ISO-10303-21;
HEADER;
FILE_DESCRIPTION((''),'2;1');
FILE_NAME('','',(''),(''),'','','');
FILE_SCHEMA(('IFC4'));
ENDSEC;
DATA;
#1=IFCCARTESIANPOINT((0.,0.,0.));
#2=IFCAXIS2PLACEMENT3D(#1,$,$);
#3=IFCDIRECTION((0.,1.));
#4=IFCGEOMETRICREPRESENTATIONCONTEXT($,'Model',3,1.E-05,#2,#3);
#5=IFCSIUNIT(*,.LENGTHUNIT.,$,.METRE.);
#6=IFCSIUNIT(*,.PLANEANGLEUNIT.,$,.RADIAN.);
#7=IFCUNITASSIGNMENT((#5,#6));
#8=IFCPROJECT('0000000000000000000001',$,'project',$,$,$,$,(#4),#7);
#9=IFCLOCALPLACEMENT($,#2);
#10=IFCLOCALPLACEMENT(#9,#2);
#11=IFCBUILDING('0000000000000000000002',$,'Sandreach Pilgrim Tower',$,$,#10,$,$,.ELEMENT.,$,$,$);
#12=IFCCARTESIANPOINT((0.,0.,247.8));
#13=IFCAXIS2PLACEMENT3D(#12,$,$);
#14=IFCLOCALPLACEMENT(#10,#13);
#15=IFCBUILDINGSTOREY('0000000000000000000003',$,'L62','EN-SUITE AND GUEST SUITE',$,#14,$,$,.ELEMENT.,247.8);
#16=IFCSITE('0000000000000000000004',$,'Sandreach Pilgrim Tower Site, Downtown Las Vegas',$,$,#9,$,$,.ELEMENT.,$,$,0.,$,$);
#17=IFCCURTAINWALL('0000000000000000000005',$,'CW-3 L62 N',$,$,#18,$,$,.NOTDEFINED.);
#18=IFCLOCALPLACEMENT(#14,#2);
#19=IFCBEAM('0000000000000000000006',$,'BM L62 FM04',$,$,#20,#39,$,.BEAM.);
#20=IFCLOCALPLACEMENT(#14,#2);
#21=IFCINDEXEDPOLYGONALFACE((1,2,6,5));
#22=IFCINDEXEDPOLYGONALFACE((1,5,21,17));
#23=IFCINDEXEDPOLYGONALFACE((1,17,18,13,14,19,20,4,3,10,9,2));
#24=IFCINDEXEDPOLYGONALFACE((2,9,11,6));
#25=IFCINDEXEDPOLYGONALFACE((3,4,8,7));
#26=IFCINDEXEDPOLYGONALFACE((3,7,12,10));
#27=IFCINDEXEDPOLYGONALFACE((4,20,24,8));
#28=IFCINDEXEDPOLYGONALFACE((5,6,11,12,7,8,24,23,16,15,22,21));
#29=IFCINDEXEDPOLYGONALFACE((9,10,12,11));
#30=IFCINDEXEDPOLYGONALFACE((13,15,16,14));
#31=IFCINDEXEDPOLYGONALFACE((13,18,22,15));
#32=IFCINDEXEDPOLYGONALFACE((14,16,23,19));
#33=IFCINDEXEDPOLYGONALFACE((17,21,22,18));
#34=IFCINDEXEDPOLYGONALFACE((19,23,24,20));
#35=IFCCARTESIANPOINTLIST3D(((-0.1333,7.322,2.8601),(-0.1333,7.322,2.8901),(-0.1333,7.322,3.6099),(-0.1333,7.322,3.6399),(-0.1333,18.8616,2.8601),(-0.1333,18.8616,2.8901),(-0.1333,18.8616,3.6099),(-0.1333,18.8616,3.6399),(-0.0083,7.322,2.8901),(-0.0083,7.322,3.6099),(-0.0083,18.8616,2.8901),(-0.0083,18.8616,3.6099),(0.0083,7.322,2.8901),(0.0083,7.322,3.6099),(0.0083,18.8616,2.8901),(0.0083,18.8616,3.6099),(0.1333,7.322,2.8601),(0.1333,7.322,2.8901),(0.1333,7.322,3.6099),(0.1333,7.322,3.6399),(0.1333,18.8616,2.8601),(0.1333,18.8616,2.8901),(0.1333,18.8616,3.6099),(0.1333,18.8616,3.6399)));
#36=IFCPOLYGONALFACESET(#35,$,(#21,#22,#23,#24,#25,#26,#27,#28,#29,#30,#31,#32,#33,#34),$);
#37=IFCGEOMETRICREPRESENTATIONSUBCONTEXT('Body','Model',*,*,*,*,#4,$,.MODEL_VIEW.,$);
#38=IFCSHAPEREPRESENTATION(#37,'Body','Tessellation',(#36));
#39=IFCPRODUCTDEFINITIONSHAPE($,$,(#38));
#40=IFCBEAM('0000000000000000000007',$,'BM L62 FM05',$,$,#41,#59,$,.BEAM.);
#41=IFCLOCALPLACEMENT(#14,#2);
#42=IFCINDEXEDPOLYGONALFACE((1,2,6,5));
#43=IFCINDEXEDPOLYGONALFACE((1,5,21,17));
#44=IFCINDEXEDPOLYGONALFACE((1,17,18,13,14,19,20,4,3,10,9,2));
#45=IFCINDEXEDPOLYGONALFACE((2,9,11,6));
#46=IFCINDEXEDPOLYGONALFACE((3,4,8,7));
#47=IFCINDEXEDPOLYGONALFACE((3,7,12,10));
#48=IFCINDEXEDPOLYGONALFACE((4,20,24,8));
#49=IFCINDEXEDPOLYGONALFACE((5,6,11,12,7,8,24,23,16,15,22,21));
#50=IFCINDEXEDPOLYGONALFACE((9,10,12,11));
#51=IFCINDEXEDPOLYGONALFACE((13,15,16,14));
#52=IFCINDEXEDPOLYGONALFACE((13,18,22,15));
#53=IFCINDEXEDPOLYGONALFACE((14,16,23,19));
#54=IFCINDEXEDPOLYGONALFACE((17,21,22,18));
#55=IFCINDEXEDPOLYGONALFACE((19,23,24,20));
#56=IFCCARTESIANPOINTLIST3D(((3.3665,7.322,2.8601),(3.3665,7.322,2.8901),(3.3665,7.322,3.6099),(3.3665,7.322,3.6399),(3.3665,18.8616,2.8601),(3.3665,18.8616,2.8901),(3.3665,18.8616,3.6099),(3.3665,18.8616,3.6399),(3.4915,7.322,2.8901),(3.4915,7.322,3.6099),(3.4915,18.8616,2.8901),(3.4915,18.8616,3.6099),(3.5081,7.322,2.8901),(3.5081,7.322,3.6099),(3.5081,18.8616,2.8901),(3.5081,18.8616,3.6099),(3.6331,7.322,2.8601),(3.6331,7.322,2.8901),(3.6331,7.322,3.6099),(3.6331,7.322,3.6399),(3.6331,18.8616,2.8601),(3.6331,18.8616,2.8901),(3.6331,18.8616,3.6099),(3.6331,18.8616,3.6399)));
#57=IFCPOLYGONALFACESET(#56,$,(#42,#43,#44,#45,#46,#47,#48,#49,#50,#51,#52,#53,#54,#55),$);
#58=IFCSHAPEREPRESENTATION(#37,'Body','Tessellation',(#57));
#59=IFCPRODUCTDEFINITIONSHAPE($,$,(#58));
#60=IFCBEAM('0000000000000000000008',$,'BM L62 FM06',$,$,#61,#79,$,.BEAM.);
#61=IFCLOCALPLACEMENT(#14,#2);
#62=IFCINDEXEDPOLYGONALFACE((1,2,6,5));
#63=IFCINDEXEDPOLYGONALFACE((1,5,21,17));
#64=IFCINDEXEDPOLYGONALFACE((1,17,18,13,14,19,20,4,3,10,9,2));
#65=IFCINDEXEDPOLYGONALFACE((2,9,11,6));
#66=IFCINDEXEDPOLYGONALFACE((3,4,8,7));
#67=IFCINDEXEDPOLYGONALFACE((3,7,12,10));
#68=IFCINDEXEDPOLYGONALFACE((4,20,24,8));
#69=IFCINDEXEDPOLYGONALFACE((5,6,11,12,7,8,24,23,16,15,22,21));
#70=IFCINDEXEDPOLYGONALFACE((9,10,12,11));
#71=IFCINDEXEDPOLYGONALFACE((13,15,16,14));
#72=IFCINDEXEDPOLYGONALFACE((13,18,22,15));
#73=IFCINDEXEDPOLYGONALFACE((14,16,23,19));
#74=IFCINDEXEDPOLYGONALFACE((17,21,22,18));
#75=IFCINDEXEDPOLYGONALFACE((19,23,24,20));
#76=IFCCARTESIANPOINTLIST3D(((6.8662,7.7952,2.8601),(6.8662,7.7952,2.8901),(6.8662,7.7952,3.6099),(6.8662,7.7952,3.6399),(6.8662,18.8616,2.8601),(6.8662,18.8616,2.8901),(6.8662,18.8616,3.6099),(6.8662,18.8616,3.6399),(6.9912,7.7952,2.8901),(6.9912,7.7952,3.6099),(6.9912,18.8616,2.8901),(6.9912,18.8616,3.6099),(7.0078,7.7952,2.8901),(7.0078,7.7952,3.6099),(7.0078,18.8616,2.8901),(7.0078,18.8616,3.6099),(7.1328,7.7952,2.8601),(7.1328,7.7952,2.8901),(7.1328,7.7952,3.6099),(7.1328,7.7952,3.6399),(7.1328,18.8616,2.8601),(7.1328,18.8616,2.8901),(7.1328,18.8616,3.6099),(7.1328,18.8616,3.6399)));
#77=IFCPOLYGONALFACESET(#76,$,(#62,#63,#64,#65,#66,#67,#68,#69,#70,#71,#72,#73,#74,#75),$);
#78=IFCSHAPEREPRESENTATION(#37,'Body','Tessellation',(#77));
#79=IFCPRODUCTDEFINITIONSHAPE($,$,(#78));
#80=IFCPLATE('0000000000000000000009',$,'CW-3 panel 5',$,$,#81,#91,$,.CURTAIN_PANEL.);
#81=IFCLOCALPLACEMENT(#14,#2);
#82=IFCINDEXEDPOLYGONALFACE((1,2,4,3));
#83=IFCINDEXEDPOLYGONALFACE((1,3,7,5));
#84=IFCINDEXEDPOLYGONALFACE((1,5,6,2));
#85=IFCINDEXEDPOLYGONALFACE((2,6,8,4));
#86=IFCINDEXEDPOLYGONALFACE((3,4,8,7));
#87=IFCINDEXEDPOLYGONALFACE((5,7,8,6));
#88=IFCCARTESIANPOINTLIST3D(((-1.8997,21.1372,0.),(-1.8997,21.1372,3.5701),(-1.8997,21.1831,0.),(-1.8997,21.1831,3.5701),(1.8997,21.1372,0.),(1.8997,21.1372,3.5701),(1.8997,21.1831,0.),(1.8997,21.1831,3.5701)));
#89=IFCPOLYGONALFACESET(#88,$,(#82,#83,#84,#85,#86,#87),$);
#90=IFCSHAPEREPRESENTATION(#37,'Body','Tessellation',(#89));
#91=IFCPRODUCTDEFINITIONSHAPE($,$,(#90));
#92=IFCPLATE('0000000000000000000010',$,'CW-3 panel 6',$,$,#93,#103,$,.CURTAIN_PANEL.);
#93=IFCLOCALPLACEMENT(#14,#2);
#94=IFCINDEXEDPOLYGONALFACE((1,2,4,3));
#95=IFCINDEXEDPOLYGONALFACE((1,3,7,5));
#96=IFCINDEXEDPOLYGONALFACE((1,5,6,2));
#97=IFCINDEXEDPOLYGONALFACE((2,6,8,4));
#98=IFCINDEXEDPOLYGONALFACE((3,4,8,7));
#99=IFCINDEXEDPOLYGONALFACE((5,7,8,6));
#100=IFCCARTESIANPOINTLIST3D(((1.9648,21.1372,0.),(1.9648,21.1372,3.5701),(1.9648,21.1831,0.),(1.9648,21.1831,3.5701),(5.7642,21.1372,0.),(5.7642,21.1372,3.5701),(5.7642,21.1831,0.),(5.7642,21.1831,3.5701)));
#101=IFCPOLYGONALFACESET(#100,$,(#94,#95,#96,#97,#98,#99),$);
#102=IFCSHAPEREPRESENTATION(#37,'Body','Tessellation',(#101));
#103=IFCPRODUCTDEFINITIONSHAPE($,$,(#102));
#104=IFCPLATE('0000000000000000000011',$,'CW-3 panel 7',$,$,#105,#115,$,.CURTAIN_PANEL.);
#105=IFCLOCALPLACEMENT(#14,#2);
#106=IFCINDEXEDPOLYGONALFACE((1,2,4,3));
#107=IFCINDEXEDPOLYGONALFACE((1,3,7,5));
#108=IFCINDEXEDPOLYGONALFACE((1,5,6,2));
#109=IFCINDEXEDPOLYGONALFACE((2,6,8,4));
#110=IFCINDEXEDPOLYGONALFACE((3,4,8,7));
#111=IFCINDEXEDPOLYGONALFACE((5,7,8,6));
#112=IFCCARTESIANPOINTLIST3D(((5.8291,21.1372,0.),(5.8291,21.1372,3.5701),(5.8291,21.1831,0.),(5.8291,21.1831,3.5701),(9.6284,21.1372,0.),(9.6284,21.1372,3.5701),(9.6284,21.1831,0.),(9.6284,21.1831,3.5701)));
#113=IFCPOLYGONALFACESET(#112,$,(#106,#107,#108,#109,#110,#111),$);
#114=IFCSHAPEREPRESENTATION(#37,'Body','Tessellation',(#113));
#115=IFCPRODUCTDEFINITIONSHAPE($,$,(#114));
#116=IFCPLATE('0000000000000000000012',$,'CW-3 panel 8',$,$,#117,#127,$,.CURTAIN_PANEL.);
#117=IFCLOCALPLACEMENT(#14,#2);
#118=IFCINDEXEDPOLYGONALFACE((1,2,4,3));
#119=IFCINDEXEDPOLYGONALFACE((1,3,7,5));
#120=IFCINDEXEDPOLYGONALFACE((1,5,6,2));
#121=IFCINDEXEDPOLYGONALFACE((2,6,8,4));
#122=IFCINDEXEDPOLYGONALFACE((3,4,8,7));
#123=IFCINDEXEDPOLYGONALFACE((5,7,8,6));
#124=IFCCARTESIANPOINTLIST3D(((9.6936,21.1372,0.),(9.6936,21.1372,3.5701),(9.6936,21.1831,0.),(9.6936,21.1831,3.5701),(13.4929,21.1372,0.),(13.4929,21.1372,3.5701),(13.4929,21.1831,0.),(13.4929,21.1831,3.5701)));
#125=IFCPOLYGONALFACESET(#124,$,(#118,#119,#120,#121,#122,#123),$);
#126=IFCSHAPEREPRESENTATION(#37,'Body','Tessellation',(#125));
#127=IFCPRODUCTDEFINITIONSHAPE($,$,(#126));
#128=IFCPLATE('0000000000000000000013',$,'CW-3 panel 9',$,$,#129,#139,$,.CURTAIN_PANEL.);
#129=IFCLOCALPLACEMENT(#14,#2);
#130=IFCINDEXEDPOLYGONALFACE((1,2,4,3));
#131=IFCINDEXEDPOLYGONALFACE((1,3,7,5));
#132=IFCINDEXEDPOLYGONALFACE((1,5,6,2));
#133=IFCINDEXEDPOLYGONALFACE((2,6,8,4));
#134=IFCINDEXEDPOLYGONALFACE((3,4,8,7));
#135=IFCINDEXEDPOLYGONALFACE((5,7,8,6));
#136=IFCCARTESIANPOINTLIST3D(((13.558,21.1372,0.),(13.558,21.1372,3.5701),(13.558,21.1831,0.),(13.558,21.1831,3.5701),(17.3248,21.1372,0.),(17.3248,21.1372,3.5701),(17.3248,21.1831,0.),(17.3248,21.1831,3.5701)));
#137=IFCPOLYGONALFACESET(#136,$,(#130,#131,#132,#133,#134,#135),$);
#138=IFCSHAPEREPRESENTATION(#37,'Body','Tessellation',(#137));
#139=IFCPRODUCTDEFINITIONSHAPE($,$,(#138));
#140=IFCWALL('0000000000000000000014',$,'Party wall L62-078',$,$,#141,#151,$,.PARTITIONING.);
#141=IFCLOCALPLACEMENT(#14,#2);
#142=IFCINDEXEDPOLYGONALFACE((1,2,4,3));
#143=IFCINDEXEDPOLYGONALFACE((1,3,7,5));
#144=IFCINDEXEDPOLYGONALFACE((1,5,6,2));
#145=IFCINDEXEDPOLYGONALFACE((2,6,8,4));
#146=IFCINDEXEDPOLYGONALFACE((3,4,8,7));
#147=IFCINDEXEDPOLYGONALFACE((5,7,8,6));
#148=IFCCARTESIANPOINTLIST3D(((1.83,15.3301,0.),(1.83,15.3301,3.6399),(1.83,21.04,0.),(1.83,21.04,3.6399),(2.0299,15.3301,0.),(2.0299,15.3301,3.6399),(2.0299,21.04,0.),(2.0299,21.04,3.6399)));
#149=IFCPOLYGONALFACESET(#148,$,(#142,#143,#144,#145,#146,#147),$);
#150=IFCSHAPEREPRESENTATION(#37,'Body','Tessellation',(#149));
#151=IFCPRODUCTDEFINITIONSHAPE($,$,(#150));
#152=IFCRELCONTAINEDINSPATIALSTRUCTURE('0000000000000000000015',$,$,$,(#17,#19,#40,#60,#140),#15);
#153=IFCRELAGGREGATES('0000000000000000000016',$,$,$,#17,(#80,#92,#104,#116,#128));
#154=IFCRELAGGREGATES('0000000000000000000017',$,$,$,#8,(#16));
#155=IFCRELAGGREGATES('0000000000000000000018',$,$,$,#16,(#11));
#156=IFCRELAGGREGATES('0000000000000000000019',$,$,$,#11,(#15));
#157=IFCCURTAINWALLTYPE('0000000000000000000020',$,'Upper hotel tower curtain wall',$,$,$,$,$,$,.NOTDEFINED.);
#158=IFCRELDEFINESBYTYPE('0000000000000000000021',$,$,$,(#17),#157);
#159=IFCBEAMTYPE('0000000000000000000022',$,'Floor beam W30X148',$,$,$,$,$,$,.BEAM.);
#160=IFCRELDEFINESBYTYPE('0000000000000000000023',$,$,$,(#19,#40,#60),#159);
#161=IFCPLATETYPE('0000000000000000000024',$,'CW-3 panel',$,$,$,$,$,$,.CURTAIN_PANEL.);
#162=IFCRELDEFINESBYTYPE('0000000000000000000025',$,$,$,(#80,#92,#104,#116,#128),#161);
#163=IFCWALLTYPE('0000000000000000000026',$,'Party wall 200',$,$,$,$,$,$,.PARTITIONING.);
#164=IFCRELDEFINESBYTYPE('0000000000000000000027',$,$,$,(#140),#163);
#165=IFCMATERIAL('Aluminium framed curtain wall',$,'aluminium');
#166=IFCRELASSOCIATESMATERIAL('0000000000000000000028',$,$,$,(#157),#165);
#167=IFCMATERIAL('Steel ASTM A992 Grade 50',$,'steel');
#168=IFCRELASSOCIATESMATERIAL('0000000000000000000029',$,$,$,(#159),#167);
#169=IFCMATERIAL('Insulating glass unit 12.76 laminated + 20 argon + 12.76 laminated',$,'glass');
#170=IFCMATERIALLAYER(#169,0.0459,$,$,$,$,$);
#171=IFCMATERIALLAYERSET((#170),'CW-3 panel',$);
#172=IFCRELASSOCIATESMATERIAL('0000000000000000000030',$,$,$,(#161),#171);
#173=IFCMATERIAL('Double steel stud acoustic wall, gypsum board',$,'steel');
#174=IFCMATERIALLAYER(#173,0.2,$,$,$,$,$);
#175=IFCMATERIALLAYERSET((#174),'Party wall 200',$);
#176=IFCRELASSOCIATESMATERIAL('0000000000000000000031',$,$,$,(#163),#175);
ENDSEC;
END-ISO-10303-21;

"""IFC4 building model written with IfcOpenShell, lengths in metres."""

from ifc_helpers import new_model, si_unit, direction, frame, frame_2d, origin, origin_2d, place, context, subcontext, project, spatial, rectangle, i_section, extrude, material, layer, layer_set, material_profile, profile_set, type_object, element, aggregate, save


model = new_model("IFC4")

# Units and contexts
model_context = context("Model", 3, precision=1e-05, world=origin(), true_north=direction((0.0, 1.0)))
body_context = subcontext(model_context, "Body", "Model", "MODEL_VIEW")
ifc_project = project(units=[si_unit("LENGTHUNIT", "METRE"), si_unit("PLANEANGLEUNIT", "RADIAN")], contexts=[model_context])

# Site, building, storey
site_placement = place(None, origin())
site = spatial("IfcSite", under=ifc_project, at=site_placement, Name="Sandreach Pilgrim Tower Site, Downtown Las Vegas", CompositionType="ELEMENT", RefElevation=0.0)
building_placement = place(site_placement, origin())
building = spatial("IfcBuilding", under=site, at=building_placement, Name="Sandreach Pilgrim Tower", CompositionType="ELEMENT")
storey_placement = place(building_placement, frame((0.0, 0.0, 247.8)))
storey = spatial("IfcBuildingStorey", under=building, at=storey_placement, Name="L62", Description="EN-SUITE AND GUEST SUITE", CompositionType="ELEMENT", Elevation=247.8)

# Curtain wall
ifc_material_1 = material(Name="Aluminium framed curtain wall", Category="aluminium")
curtain_wall_type = type_object("IfcCurtainWallType", Name="Upper hotel tower curtain wall", PredefinedType="NOTDEFINED", material=ifc_material_1)
curtain_wall_placement = place(storey_placement, origin())
curtain_wall = element("IfcCurtainWall", 1, at=curtain_wall_placement, inside=storey, type_object=curtain_wall_type, Name="CW-3 L62 N", PredefinedType="NOTDEFINED")

# Beams
ifc_material_2 = material(Name="Steel ASTM A992 Grade 50", Category="steel")
ifc_material_profile_1 = material_profile(ifc_material_2, i_section(OverallWidth=0.2666, OverallDepth=0.7798, WebThickness=0.0166, FlangeThickness=0.03, at=origin_2d()), Name="W30X148")
ifc_profile_set_1 = profile_set([ifc_material_profile_1], Name="Steel ASTM A992 Grade 50")
beam_type_1 = type_object("IfcBeamType", Name="Floor beam W30X148", PredefinedType="BEAM", material=ifc_profile_set_1)
for number, where, z_axis, x_axis, name in (
    (2, (0.0, 18.8616, 3.25), (0.0, -1.0, 0.0), (1.0, 0.0, 0.0), "BM L62 FM04"),
    (3, (3.4998, 18.8616, 3.25), (0.0, -1.0, 0.0), (1.0, 0.0, 0.0), "BM L62 FM05"),
):
    element("IfcBeam", number, at=place(storey_placement, frame(where, z_axis=z_axis, x_axis=x_axis)), inside=storey, type_object=beam_type_1, Name=name, PredefinedType="BEAM", context=body_context, shape_type="SweptSolid", body=[
        extrude(i_section(OverallWidth=0.2666, OverallDepth=0.7798, WebThickness=0.0166, FlangeThickness=0.03, at=origin_2d()), origin(), (0.0, 0.0, 1.0), 11.5396),
    ])
beam_1_placement = place(storey_placement, frame((6.9995, 18.8616, 3.25), z_axis=(0.0, -1.0, 0.0), x_axis=(1.0, 0.0, 0.0)))
element("IfcBeam", 4, at=beam_1_placement, inside=storey, type_object=beam_type_1, Name="BM L62 FM06", PredefinedType="BEAM", context=body_context, shape_type="SweptSolid", body=[
    extrude(i_section(OverallWidth=0.2666, OverallDepth=0.7798, WebThickness=0.0166, FlangeThickness=0.03, at=origin_2d()), origin(), (0.0, 0.0, 1.0), 11.0664),
])

# Plates
ifc_material_3 = material(Name="Insulating glass unit 12.76 laminated + 20 argon + 12.76 laminated", Category="glass")
ifc_layer_1 = layer(ifc_material_3, 0.0459)
ifc_layer_set_1 = layer_set([ifc_layer_1], Name="CW-3 panel")
plate_type = type_object("IfcPlateType", Name="CW-3 panel", PredefinedType="CURTAIN_PANEL", material=ifc_layer_set_1)
plate_1_placement = place(storey_placement, frame((0.0, 21.1602, 0.0), z_axis=(0.0, 0.0, 1.0), x_axis=(1.0, 0.0, 0.0)))
plate_1 = element("IfcPlate", 5, at=plate_1_placement, type_object=plate_type, Name="CW-3 panel 5", PredefinedType="CURTAIN_PANEL", context=body_context, shape_type="SweptSolid", body=[
    extrude(rectangle(XDim=3.7993, YDim=0.0459, at=origin_2d()), origin(), (0.0, 0.0, 1.0), 3.5701),
])
plate_2_placement = place(storey_placement, frame((3.8645, 21.1602, 0.0), z_axis=(0.0, 0.0, 1.0), x_axis=(1.0, 0.0, 0.0)))
plate_2 = element("IfcPlate", 6, at=plate_2_placement, type_object=plate_type, Name="CW-3 panel 6", PredefinedType="CURTAIN_PANEL", context=body_context, shape_type="SweptSolid", body=[
    extrude(rectangle(XDim=3.7993, YDim=0.0459, at=origin_2d()), origin(), (0.0, 0.0, 1.0), 3.5701),
])
plate_3_placement = place(storey_placement, frame((7.7288, 21.1602, 0.0), z_axis=(0.0, 0.0, 1.0), x_axis=(1.0, 0.0, 0.0)))
plate_3 = element("IfcPlate", 7, at=plate_3_placement, type_object=plate_type, Name="CW-3 panel 7", PredefinedType="CURTAIN_PANEL", context=body_context, shape_type="SweptSolid", body=[
    extrude(rectangle(XDim=3.7993, YDim=0.0459, at=origin_2d()), origin(), (0.0, 0.0, 1.0), 3.5701),
])
plate_4_placement = place(storey_placement, frame((11.5933, 21.1602, 0.0), z_axis=(0.0, 0.0, 1.0), x_axis=(1.0, 0.0, 0.0)))
plate_4 = element("IfcPlate", 8, at=plate_4_placement, type_object=plate_type, Name="CW-3 panel 8", PredefinedType="CURTAIN_PANEL", context=body_context, shape_type="SweptSolid", body=[
    extrude(rectangle(XDim=3.7993, YDim=0.0459, at=origin_2d()), origin(), (0.0, 0.0, 1.0), 3.5701),
])
plate_5_placement = place(storey_placement, frame((15.4414, 21.1602, 0.0), z_axis=(0.0, 0.0, 1.0), x_axis=(1.0, 0.0, 0.0)))
plate_5 = element("IfcPlate", 9, at=plate_5_placement, type_object=plate_type, Name="CW-3 panel 9", PredefinedType="CURTAIN_PANEL", context=body_context, shape_type="SweptSolid", body=[
    extrude(rectangle(XDim=3.7668, YDim=0.0459, at=origin_2d()), origin(), (0.0, 0.0, 1.0), 3.5701),
])
aggregate(curtain_wall, [plate_1, plate_2, plate_3, plate_4, plate_5])

# Wall
ifc_material_4 = material(Name="Double steel stud acoustic wall, gypsum board", Category="steel")
ifc_layer_2 = layer(ifc_material_4, 0.2)
ifc_layer_set_2 = layer_set([ifc_layer_2], Name="Party wall 200")
wall_type = type_object("IfcWallType", Name="Party wall 200", PredefinedType="PARTITIONING", material=ifc_layer_set_2)
wall_placement = place(storey_placement, frame((1.9299, 21.04, 0.0), z_axis=(0.0, 0.0, 1.0), x_axis=(0.0, -1.0, 0.0)))
element("IfcWall", 10, at=wall_placement, inside=storey, type_object=wall_type, Name="Party wall L62-078", PredefinedType="PARTITIONING", context=body_context, shape_type="SweptSolid", body=[
    extrude(rectangle(XDim=5.71, YDim=0.2, at=frame_2d((2.855, 0.0))), origin(), (0.0, 0.0, 1.0), 3.6399),
])

save(model, "model.ifc")
